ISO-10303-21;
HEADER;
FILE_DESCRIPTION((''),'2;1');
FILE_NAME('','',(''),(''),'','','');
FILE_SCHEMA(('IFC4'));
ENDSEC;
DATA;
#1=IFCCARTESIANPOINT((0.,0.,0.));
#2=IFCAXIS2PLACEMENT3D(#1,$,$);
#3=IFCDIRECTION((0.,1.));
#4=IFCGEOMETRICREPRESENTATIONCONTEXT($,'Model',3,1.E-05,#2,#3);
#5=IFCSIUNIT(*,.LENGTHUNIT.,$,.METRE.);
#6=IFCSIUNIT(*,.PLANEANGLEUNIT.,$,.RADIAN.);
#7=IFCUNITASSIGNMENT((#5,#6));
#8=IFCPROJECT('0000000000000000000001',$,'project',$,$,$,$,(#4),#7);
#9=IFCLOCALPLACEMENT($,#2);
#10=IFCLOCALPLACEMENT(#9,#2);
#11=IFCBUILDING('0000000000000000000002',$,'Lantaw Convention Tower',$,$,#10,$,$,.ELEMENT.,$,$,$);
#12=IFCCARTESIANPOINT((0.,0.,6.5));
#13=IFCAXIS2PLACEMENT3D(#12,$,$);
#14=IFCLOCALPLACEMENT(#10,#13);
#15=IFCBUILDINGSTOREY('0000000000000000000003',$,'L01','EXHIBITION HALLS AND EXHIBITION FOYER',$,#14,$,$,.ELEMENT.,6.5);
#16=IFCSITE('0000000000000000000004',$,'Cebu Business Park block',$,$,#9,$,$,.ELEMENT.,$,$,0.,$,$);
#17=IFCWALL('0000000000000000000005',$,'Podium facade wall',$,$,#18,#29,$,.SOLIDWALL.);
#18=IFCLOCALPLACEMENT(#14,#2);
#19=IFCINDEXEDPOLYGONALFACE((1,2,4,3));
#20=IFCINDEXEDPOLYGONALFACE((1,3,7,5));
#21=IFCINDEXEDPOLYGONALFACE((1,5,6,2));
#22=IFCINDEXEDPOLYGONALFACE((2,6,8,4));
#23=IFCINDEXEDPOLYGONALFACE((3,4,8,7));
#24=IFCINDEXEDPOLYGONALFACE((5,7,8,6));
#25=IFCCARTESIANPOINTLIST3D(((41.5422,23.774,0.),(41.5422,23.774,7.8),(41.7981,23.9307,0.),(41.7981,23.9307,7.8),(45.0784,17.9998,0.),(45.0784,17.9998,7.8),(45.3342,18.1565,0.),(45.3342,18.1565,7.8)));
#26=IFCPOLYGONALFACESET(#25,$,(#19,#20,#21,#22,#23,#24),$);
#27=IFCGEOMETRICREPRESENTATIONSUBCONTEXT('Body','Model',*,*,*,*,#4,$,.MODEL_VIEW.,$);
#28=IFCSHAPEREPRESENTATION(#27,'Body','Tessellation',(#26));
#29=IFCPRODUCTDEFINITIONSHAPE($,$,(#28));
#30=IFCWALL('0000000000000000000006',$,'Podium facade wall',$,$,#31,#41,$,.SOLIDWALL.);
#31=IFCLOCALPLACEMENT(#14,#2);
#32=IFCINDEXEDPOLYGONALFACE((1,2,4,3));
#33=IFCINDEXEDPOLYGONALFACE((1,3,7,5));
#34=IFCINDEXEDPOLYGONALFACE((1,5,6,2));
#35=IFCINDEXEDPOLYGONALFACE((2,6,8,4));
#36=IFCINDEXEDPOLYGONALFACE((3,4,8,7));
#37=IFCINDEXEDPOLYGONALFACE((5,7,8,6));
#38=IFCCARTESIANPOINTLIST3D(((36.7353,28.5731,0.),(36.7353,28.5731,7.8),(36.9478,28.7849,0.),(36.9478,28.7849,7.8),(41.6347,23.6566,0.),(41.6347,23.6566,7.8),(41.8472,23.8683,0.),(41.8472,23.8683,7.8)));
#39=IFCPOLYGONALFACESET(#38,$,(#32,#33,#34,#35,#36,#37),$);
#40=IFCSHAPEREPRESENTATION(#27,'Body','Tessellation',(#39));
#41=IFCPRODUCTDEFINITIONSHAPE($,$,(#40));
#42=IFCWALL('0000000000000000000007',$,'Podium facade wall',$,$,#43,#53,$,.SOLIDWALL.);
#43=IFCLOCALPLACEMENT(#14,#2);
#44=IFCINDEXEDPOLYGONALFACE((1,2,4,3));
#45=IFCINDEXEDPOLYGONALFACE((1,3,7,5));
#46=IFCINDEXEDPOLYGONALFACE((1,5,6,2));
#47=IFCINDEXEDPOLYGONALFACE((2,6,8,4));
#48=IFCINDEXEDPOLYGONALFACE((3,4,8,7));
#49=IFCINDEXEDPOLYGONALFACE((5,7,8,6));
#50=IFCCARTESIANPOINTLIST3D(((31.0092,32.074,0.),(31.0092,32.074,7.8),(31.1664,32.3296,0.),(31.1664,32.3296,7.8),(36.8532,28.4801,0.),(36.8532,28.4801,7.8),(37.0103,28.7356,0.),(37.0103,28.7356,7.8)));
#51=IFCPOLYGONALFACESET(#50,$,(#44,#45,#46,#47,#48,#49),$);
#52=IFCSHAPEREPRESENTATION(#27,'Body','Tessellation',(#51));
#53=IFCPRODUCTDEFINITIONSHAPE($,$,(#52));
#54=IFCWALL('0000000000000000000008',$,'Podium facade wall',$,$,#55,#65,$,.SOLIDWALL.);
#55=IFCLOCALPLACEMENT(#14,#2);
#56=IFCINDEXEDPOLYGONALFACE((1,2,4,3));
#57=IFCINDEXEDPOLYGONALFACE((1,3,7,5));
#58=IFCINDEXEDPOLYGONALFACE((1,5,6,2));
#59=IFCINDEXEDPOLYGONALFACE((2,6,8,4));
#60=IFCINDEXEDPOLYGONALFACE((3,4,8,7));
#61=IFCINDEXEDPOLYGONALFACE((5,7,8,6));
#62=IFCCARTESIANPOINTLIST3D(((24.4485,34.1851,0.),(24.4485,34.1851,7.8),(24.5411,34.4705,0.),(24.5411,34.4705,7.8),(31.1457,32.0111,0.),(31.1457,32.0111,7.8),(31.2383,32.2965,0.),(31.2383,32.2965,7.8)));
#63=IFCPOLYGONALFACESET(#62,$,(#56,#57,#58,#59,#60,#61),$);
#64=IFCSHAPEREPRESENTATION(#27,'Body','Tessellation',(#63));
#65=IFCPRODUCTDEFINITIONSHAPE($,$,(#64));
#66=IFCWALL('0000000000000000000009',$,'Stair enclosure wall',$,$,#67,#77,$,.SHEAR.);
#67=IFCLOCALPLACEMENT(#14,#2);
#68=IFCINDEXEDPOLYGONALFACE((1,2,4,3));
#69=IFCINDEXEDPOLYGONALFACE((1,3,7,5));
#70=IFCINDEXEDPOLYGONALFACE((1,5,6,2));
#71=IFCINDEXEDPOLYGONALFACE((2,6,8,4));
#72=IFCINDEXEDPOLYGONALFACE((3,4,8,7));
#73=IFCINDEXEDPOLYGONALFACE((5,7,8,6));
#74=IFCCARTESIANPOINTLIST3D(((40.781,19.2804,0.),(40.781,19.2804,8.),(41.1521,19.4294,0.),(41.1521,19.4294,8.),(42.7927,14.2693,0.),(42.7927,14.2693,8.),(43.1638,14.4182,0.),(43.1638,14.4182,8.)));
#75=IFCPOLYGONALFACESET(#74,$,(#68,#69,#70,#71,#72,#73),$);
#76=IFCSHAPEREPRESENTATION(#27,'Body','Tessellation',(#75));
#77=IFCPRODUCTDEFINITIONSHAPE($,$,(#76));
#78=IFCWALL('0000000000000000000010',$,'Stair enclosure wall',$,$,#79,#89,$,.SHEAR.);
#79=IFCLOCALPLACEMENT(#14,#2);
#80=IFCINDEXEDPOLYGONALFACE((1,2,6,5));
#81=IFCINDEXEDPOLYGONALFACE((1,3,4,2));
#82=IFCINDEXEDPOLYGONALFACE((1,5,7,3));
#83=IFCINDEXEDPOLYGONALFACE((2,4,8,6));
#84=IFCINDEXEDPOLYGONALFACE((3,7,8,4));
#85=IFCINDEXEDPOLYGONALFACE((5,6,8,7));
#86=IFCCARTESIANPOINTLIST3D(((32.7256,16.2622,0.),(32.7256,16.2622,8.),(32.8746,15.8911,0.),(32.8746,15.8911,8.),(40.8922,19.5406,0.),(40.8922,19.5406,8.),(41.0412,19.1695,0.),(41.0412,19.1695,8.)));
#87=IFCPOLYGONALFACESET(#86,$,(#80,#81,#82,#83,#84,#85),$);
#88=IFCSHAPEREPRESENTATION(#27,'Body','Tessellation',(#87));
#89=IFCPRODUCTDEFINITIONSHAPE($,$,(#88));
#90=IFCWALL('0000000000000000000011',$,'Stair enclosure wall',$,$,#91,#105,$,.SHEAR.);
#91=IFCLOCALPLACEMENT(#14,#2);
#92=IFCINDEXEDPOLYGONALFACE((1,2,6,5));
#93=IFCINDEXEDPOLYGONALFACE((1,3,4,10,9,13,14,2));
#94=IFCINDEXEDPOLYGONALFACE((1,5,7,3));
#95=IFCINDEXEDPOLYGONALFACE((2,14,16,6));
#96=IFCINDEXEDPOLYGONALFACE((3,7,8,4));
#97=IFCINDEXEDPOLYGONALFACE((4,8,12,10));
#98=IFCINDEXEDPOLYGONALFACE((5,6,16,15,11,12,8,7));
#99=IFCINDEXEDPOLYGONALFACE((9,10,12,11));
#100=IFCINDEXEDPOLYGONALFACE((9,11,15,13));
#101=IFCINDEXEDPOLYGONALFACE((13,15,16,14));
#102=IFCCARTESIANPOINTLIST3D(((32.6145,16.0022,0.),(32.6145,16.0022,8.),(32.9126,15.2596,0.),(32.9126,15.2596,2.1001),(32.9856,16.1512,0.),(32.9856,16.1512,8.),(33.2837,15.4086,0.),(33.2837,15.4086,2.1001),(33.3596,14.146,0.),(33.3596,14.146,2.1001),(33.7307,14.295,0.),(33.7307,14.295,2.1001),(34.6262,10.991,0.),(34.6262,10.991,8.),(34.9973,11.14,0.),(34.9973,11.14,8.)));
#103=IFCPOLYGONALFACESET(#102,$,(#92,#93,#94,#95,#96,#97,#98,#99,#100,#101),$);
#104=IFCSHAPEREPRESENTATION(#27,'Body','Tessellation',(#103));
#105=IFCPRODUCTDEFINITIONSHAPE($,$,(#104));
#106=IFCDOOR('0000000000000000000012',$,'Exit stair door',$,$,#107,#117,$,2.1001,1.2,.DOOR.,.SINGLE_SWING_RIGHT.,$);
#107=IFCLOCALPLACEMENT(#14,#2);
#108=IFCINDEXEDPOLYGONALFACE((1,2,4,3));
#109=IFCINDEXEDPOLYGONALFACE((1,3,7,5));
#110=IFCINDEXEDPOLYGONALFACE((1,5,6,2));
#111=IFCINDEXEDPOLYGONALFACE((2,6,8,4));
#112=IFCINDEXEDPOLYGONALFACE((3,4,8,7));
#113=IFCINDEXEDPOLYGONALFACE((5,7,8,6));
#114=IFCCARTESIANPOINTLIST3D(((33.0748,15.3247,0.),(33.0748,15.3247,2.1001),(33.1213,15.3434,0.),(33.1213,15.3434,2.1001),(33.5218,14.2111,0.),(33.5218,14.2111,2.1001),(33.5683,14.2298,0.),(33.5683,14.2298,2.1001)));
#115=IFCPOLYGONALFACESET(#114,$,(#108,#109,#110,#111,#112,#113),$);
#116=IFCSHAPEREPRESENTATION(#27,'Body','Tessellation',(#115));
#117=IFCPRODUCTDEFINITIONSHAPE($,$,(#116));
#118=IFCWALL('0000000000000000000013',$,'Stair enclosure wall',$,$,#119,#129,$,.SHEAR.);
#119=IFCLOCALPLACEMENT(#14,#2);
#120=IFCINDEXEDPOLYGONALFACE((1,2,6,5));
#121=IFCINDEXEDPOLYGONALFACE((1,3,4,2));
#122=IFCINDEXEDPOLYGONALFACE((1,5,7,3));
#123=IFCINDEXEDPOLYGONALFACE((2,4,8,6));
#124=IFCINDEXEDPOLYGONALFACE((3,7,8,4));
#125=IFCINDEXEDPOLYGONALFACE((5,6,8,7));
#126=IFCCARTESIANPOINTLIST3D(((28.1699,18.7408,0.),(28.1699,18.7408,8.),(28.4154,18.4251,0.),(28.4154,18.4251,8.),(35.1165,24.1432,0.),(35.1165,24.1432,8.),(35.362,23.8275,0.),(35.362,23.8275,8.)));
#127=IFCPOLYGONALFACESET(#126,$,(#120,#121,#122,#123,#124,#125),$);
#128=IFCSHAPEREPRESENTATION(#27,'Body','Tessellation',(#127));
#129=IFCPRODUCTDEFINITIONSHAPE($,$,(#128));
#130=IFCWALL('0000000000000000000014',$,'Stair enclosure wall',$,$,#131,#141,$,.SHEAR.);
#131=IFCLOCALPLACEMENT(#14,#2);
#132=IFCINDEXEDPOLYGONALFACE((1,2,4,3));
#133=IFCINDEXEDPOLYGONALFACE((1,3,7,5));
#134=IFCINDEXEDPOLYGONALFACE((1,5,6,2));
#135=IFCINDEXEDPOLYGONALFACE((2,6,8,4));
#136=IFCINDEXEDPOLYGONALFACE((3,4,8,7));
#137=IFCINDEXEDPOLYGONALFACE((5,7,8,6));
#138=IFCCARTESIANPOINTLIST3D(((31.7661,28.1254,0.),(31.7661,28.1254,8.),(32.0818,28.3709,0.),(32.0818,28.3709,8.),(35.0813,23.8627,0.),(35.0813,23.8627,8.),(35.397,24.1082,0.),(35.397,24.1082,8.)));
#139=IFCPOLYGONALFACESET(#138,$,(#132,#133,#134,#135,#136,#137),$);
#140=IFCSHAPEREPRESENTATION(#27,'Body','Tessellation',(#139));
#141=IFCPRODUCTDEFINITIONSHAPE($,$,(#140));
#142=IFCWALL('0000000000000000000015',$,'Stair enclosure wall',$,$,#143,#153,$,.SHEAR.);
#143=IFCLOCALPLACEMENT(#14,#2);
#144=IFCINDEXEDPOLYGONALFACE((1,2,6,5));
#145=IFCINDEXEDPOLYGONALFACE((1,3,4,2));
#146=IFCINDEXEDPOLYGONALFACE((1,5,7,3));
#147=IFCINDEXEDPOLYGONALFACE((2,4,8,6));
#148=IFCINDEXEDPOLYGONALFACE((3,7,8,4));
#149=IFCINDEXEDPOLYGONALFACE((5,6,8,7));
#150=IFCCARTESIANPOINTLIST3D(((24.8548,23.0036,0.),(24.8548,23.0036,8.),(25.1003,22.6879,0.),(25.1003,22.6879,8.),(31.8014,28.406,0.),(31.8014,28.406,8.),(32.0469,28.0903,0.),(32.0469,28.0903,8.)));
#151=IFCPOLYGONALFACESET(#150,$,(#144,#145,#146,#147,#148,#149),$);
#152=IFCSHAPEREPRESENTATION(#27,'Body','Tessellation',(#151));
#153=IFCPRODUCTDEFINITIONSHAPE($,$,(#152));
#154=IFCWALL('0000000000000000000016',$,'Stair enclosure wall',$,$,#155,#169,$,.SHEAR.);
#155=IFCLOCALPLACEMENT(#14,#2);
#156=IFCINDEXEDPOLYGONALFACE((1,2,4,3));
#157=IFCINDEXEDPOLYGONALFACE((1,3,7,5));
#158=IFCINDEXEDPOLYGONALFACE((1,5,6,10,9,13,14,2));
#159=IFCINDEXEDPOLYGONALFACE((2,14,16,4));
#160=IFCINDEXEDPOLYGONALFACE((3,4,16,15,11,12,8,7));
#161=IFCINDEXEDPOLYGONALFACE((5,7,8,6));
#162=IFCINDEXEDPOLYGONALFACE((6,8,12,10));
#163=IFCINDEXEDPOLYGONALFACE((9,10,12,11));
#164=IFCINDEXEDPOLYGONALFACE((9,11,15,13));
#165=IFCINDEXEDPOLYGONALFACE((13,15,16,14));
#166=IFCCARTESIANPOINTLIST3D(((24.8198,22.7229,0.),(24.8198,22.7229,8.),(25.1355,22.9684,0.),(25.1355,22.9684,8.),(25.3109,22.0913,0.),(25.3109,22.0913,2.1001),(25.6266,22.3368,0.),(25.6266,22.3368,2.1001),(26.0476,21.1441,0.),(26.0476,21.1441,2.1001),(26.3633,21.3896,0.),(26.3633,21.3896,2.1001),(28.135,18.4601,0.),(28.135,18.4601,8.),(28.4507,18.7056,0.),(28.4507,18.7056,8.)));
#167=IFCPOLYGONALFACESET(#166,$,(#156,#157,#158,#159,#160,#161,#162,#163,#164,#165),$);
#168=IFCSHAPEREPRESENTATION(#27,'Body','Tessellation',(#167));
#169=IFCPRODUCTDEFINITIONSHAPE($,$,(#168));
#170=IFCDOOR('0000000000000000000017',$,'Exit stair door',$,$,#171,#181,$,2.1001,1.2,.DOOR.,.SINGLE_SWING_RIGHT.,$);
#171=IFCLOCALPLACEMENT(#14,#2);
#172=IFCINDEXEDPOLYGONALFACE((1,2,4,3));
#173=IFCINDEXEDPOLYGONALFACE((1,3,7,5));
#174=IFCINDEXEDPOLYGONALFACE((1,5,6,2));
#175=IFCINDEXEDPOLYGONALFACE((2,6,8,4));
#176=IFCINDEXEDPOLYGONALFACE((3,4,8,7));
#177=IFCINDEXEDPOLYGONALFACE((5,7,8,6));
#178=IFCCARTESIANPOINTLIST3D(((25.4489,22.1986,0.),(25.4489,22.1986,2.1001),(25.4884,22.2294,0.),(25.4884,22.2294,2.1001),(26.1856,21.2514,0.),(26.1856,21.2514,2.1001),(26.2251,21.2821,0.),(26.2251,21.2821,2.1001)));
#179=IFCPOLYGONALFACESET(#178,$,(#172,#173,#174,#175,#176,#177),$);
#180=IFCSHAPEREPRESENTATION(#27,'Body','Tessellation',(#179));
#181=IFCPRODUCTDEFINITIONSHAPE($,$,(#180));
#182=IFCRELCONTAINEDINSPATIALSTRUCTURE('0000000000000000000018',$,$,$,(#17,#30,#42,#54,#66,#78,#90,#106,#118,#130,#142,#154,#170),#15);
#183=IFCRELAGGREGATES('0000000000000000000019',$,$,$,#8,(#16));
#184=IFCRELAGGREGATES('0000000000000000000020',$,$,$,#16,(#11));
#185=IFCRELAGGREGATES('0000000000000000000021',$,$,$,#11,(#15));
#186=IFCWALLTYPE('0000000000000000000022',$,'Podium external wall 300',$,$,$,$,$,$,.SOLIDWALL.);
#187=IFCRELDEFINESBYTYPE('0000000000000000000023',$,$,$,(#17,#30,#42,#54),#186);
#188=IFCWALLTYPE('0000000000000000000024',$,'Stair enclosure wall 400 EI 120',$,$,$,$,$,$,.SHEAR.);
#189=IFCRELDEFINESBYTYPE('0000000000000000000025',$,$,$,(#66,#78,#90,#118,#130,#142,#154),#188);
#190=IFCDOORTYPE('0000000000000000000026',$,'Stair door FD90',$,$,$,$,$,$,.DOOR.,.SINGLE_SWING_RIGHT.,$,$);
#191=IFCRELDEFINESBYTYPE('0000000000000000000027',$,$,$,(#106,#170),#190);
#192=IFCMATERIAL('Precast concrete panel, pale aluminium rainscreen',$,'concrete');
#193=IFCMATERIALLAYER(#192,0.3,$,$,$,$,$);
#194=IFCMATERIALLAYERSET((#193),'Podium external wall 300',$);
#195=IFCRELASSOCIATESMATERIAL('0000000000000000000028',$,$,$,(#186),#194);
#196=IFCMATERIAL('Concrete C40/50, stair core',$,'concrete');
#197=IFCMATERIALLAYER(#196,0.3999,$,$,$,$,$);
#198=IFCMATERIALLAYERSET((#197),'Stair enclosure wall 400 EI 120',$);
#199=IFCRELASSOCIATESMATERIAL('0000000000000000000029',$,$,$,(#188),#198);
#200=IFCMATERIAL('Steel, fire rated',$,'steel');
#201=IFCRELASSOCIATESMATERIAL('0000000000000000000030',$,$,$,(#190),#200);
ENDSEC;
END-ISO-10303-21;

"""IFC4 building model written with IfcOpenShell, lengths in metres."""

from ifc_helpers import new_model, si_unit, direction, frame, frame_2d, origin, place, context, subcontext, project, spatial, rectangle, extrude, material, layer, layer_set, type_object, element, fill, save


model = new_model("IFC4")

# Units and contexts
model_context = context("Model", 3, precision=1e-05, world=origin(), true_north=direction((0.0, 1.0)))
body_context = subcontext(model_context, "Body", "Model", "MODEL_VIEW")
ifc_project = project(units=[si_unit("LENGTHUNIT", "METRE"), si_unit("PLANEANGLEUNIT", "RADIAN")], contexts=[model_context])

# Site, building, storey
site_placement = place(None, origin())
site = spatial("IfcSite", under=ifc_project, at=site_placement, Name="Cebu Business Park block", CompositionType="ELEMENT", RefElevation=0.0)
building_placement = place(site_placement, origin())
building = spatial("IfcBuilding", under=site, at=building_placement, Name="Lantaw Convention Tower", CompositionType="ELEMENT")
storey_placement = place(building_placement, frame((0.0, 0.0, 6.5)))
storey = spatial("IfcBuildingStorey", under=building, at=storey_placement, Name="L01", Description="EXHIBITION HALLS AND EXHIBITION FOYER", CompositionType="ELEMENT", Elevation=6.5)

# Walls
ifc_material_1 = material(Name="Precast concrete panel, pale aluminium rainscreen", Category="concrete")
ifc_layer_1 = layer(ifc_material_1, 0.3)
ifc_layer_set_1 = layer_set([ifc_layer_1], Name="Podium external wall 300")
wall_type_1 = type_object("IfcWallType", Name="Podium external wall 300", PredefinedType="SOLIDWALL", material=ifc_layer_set_1)
wall_1_placement = place(storey_placement, frame((45.2063, 18.0781, 0.0), z_axis=(0.0, 0.0, 1.0), x_axis=(-0.522253, 0.85279, 0.0)))
element("IfcWall", 1, at=wall_1_placement, inside=storey, type_object=wall_type_1, Name="Podium facade wall", PredefinedType="SOLIDWALL", context=body_context, shape_type="SweptSolid", body=[
    extrude(rectangle(XDim=6.771, YDim=0.3, at=frame_2d((3.3855, 0.0))), origin(), (0.0, 0.0, 1.0), 7.8),
])
wall_2_placement = place(storey_placement, frame((41.741, 23.7625, 0.0), z_axis=(0.0, 0.0, 1.0), x_axis=(-0.705875, 0.708337, 0.0)))
element("IfcWall", 2, at=wall_2_placement, inside=storey, type_object=wall_type_1, Name="Podium facade wall", PredefinedType="SOLIDWALL", context=body_context, shape_type="SweptSolid", body=[
    extrude(rectangle(XDim=6.9409, YDim=0.3, at=frame_2d((3.4705, 0.0))), origin(), (0.0, 0.0, 1.0), 7.8),
])
wall_3_placement = place(storey_placement, frame((36.9316, 28.6079, 0.0), z_axis=(0.0, 0.0, 1.0), x_axis=(-0.851809, 0.523853, 0.0)))
element("IfcWall", 3, at=wall_3_placement, inside=storey, type_object=wall_type_1, Name="Podium facade wall", PredefinedType="SOLIDWALL", context=body_context, shape_type="SweptSolid", body=[
    extrude(rectangle(XDim=6.8606, YDim=0.3, at=frame_2d((3.4302, 0.0))), origin(), (0.0, 0.0, 1.0), 7.8),
])
wall_4_placement = place(storey_placement, frame((31.1919, 32.1538, 0.0), z_axis=(0.0, 0.0, 1.0), x_axis=(-0.95114, 0.30876, 0.0)))
element("IfcWall", 4, at=wall_4_placement, inside=storey, type_object=wall_type_1, Name="Podium facade wall", PredefinedType="SOLIDWALL", context=body_context, shape_type="SweptSolid", body=[
    extrude(rectangle(XDim=7.0413, YDim=0.3, at=frame_2d((3.5205, 0.0))), origin(), (0.0, 0.0, 1.0), 7.8),
])
ifc_material_2 = material(Name="Concrete C40/50, stair core", Category="concrete")
ifc_layer_2 = layer(ifc_material_2, 0.3999)
ifc_layer_set_2 = layer_set([ifc_layer_2], Name="Stair enclosure wall 400 EI 120")
wall_type_2 = type_object("IfcWallType", Name="Stair enclosure wall 400 EI 120", PredefinedType="SHEAR", material=ifc_layer_set_2)
wall_5_placement = place(storey_placement, frame((42.9783, 14.3438, 0.0), z_axis=(0.0, 0.0, 1.0), x_axis=(-0.372544, 0.928015, 0.0)))
element("IfcWall", 5, at=wall_5_placement, inside=storey, type_object=wall_type_2, Name="Stair enclosure wall", PredefinedType="SHEAR", context=body_context, shape_type="SweptSolid", body=[
    extrude(rectangle(XDim=5.3999, YDim=0.3999, at=frame_2d((2.7, 0.0))), origin(), (0.0, 0.0, 1.0), 8.0),
])
wall_6_placement = place(storey_placement, frame((40.9666, 19.355, 0.0), z_axis=(0.0, 0.0, 1.0), x_axis=(-0.928017, -0.372538, 0.0)))
element("IfcWall", 6, at=wall_6_placement, inside=storey, type_object=wall_type_2, Name="Stair enclosure wall", PredefinedType="SHEAR", context=body_context, shape_type="SweptSolid", body=[
    extrude(rectangle(XDim=8.8, YDim=0.3999, at=frame_2d((4.3999, 0.0))), origin(), (0.0, 0.0, 1.0), 8.0),
])

# Wall, opening, door
wall_7_placement = place(storey_placement, frame((32.8, 16.0767, 0.0), z_axis=(0.0, 0.0, 1.0), x_axis=(0.372544, -0.928015, 0.0)))
wall_7 = element("IfcWall", 7, at=wall_7_placement, inside=storey, type_object=wall_type_2, Name="Stair enclosure wall", PredefinedType="SHEAR", context=body_context, shape_type="SweptSolid", body=[
    extrude(rectangle(XDim=5.3999, YDim=0.3999, at=frame_2d((2.7, 0.0))), origin(), (0.0, 0.0, 1.0), 8.0),
])
opening_1_placement = place(wall_7_placement, frame((0.8, 0.0, 0.0)))
opening_1 = element("IfcOpeningElement", 8, at=opening_1_placement, cuts=wall_7, PredefinedType="OPENING", context=body_context, shape_type="SweptSolid", body=[
    extrude(rectangle(XDim=1.2, YDim=2.1001, at=frame_2d((0.6001, 1.05))), frame((0.0, 0.21, 0.0), z_axis=(0.0, -1.0, 0.0), x_axis=(1.0, 0.0, 0.0)), (0.0, 0.0, 1.0), 0.4199),
])
ifc_material_3 = material(Name="Steel, fire rated", Category="steel")
door_type = type_object("IfcDoorType", Name="Stair door FD90", OperationType="SINGLE_SWING_RIGHT", PredefinedType="DOOR", material=ifc_material_3)
door_1_placement = place(opening_1_placement, origin())
door_1 = element("IfcDoor", 9, at=door_1_placement, inside=storey, type_object=door_type, Name="Exit stair door", OperationType="SINGLE_SWING_RIGHT", OverallHeight=2.1001, OverallWidth=1.2, PredefinedType="DOOR", context=body_context, shape_type="SweptSolid", body=[
    extrude(rectangle(XDim=1.2, YDim=2.1001, at=frame_2d((0.6001, 1.05))), frame((0.0, 0.0249, 0.0), z_axis=(0.0, -1.0, 0.0), x_axis=(1.0, 0.0, 0.0)), (0.0, 0.0, 1.0), 0.05),
])
fill(opening_1, door_1)

# Walls
wall_8_placement = place(storey_placement, frame((28.2927, 18.583, 0.0), z_axis=(0.0, 0.0, 1.0), x_axis=(0.789381, 0.613904, 0.0)))
element("IfcWall", 10, at=wall_8_placement, inside=storey, type_object=wall_type_2, Name="Stair enclosure wall", PredefinedType="SHEAR", context=body_context, shape_type="SweptSolid", body=[
    extrude(rectangle(XDim=8.8, YDim=0.3999, at=frame_2d((4.3999, 0.0))), origin(), (0.0, 0.0, 1.0), 8.0),
])
wall_9_placement = place(storey_placement, frame((35.2393, 23.9854, 0.0), z_axis=(0.0, 0.0, 1.0), x_axis=(-0.613912, 0.789374, 0.0)))
element("IfcWall", 11, at=wall_9_placement, inside=storey, type_object=wall_type_2, Name="Stair enclosure wall", PredefinedType="SHEAR", context=body_context, shape_type="SweptSolid", body=[
    extrude(rectangle(XDim=5.4001, YDim=0.3999, at=frame_2d((2.7002, 0.0))), origin(), (0.0, 0.0, 1.0), 8.0),
])
wall_10_placement = place(storey_placement, frame((31.9241, 28.248, 0.0), z_axis=(0.0, 0.0, 1.0), x_axis=(-0.789381, -0.613904, 0.0)))
element("IfcWall", 12, at=wall_10_placement, inside=storey, type_object=wall_type_2, Name="Stair enclosure wall", PredefinedType="SHEAR", context=body_context, shape_type="SweptSolid", body=[
    extrude(rectangle(XDim=8.8, YDim=0.3999, at=frame_2d((4.3999, 0.0))), origin(), (0.0, 0.0, 1.0), 8.0),
])

# Wall, opening, door
wall_11_placement = place(storey_placement, frame((24.9775, 22.8457, 0.0), z_axis=(0.0, 0.0, 1.0), x_axis=(0.613912, -0.789374, 0.0)))
wall_11 = element("IfcWall", 13, at=wall_11_placement, inside=storey, type_object=wall_type_2, Name="Stair enclosure wall", PredefinedType="SHEAR", context=body_context, shape_type="SweptSolid", body=[
    extrude(rectangle(XDim=5.4001, YDim=0.3999, at=frame_2d((2.7002, 0.0))), origin(), (0.0, 0.0, 1.0), 8.0),
])
opening_2_placement = place(wall_11_placement, frame((0.8, 0.0, 0.0)))
opening_2 = element("IfcOpeningElement", 14, at=opening_2_placement, cuts=wall_11, PredefinedType="OPENING", context=body_context, shape_type="SweptSolid", body=[
    extrude(rectangle(XDim=1.2, YDim=2.1001, at=frame_2d((0.6001, 1.05))), frame((0.0, 0.21, 0.0), z_axis=(0.0, -1.0, 0.0), x_axis=(1.0, 0.0, 0.0)), (0.0, 0.0, 1.0), 0.4199),
])
door_2_placement = place(opening_2_placement, origin())
door_2 = element("IfcDoor", 15, at=door_2_placement, inside=storey, type_object=door_type, Name="Exit stair door", OperationType="SINGLE_SWING_RIGHT", OverallHeight=2.1001, OverallWidth=1.2, PredefinedType="DOOR", context=body_context, shape_type="SweptSolid", body=[
    extrude(rectangle(XDim=1.2, YDim=2.1001, at=frame_2d((0.6001, 1.05))), frame((0.0, 0.0249, 0.0), z_axis=(0.0, -1.0, 0.0), x_axis=(1.0, 0.0, 0.0)), (0.0, 0.0, 1.0), 0.05),
])
fill(opening_2, door_2)

save(model, "model.ifc")
